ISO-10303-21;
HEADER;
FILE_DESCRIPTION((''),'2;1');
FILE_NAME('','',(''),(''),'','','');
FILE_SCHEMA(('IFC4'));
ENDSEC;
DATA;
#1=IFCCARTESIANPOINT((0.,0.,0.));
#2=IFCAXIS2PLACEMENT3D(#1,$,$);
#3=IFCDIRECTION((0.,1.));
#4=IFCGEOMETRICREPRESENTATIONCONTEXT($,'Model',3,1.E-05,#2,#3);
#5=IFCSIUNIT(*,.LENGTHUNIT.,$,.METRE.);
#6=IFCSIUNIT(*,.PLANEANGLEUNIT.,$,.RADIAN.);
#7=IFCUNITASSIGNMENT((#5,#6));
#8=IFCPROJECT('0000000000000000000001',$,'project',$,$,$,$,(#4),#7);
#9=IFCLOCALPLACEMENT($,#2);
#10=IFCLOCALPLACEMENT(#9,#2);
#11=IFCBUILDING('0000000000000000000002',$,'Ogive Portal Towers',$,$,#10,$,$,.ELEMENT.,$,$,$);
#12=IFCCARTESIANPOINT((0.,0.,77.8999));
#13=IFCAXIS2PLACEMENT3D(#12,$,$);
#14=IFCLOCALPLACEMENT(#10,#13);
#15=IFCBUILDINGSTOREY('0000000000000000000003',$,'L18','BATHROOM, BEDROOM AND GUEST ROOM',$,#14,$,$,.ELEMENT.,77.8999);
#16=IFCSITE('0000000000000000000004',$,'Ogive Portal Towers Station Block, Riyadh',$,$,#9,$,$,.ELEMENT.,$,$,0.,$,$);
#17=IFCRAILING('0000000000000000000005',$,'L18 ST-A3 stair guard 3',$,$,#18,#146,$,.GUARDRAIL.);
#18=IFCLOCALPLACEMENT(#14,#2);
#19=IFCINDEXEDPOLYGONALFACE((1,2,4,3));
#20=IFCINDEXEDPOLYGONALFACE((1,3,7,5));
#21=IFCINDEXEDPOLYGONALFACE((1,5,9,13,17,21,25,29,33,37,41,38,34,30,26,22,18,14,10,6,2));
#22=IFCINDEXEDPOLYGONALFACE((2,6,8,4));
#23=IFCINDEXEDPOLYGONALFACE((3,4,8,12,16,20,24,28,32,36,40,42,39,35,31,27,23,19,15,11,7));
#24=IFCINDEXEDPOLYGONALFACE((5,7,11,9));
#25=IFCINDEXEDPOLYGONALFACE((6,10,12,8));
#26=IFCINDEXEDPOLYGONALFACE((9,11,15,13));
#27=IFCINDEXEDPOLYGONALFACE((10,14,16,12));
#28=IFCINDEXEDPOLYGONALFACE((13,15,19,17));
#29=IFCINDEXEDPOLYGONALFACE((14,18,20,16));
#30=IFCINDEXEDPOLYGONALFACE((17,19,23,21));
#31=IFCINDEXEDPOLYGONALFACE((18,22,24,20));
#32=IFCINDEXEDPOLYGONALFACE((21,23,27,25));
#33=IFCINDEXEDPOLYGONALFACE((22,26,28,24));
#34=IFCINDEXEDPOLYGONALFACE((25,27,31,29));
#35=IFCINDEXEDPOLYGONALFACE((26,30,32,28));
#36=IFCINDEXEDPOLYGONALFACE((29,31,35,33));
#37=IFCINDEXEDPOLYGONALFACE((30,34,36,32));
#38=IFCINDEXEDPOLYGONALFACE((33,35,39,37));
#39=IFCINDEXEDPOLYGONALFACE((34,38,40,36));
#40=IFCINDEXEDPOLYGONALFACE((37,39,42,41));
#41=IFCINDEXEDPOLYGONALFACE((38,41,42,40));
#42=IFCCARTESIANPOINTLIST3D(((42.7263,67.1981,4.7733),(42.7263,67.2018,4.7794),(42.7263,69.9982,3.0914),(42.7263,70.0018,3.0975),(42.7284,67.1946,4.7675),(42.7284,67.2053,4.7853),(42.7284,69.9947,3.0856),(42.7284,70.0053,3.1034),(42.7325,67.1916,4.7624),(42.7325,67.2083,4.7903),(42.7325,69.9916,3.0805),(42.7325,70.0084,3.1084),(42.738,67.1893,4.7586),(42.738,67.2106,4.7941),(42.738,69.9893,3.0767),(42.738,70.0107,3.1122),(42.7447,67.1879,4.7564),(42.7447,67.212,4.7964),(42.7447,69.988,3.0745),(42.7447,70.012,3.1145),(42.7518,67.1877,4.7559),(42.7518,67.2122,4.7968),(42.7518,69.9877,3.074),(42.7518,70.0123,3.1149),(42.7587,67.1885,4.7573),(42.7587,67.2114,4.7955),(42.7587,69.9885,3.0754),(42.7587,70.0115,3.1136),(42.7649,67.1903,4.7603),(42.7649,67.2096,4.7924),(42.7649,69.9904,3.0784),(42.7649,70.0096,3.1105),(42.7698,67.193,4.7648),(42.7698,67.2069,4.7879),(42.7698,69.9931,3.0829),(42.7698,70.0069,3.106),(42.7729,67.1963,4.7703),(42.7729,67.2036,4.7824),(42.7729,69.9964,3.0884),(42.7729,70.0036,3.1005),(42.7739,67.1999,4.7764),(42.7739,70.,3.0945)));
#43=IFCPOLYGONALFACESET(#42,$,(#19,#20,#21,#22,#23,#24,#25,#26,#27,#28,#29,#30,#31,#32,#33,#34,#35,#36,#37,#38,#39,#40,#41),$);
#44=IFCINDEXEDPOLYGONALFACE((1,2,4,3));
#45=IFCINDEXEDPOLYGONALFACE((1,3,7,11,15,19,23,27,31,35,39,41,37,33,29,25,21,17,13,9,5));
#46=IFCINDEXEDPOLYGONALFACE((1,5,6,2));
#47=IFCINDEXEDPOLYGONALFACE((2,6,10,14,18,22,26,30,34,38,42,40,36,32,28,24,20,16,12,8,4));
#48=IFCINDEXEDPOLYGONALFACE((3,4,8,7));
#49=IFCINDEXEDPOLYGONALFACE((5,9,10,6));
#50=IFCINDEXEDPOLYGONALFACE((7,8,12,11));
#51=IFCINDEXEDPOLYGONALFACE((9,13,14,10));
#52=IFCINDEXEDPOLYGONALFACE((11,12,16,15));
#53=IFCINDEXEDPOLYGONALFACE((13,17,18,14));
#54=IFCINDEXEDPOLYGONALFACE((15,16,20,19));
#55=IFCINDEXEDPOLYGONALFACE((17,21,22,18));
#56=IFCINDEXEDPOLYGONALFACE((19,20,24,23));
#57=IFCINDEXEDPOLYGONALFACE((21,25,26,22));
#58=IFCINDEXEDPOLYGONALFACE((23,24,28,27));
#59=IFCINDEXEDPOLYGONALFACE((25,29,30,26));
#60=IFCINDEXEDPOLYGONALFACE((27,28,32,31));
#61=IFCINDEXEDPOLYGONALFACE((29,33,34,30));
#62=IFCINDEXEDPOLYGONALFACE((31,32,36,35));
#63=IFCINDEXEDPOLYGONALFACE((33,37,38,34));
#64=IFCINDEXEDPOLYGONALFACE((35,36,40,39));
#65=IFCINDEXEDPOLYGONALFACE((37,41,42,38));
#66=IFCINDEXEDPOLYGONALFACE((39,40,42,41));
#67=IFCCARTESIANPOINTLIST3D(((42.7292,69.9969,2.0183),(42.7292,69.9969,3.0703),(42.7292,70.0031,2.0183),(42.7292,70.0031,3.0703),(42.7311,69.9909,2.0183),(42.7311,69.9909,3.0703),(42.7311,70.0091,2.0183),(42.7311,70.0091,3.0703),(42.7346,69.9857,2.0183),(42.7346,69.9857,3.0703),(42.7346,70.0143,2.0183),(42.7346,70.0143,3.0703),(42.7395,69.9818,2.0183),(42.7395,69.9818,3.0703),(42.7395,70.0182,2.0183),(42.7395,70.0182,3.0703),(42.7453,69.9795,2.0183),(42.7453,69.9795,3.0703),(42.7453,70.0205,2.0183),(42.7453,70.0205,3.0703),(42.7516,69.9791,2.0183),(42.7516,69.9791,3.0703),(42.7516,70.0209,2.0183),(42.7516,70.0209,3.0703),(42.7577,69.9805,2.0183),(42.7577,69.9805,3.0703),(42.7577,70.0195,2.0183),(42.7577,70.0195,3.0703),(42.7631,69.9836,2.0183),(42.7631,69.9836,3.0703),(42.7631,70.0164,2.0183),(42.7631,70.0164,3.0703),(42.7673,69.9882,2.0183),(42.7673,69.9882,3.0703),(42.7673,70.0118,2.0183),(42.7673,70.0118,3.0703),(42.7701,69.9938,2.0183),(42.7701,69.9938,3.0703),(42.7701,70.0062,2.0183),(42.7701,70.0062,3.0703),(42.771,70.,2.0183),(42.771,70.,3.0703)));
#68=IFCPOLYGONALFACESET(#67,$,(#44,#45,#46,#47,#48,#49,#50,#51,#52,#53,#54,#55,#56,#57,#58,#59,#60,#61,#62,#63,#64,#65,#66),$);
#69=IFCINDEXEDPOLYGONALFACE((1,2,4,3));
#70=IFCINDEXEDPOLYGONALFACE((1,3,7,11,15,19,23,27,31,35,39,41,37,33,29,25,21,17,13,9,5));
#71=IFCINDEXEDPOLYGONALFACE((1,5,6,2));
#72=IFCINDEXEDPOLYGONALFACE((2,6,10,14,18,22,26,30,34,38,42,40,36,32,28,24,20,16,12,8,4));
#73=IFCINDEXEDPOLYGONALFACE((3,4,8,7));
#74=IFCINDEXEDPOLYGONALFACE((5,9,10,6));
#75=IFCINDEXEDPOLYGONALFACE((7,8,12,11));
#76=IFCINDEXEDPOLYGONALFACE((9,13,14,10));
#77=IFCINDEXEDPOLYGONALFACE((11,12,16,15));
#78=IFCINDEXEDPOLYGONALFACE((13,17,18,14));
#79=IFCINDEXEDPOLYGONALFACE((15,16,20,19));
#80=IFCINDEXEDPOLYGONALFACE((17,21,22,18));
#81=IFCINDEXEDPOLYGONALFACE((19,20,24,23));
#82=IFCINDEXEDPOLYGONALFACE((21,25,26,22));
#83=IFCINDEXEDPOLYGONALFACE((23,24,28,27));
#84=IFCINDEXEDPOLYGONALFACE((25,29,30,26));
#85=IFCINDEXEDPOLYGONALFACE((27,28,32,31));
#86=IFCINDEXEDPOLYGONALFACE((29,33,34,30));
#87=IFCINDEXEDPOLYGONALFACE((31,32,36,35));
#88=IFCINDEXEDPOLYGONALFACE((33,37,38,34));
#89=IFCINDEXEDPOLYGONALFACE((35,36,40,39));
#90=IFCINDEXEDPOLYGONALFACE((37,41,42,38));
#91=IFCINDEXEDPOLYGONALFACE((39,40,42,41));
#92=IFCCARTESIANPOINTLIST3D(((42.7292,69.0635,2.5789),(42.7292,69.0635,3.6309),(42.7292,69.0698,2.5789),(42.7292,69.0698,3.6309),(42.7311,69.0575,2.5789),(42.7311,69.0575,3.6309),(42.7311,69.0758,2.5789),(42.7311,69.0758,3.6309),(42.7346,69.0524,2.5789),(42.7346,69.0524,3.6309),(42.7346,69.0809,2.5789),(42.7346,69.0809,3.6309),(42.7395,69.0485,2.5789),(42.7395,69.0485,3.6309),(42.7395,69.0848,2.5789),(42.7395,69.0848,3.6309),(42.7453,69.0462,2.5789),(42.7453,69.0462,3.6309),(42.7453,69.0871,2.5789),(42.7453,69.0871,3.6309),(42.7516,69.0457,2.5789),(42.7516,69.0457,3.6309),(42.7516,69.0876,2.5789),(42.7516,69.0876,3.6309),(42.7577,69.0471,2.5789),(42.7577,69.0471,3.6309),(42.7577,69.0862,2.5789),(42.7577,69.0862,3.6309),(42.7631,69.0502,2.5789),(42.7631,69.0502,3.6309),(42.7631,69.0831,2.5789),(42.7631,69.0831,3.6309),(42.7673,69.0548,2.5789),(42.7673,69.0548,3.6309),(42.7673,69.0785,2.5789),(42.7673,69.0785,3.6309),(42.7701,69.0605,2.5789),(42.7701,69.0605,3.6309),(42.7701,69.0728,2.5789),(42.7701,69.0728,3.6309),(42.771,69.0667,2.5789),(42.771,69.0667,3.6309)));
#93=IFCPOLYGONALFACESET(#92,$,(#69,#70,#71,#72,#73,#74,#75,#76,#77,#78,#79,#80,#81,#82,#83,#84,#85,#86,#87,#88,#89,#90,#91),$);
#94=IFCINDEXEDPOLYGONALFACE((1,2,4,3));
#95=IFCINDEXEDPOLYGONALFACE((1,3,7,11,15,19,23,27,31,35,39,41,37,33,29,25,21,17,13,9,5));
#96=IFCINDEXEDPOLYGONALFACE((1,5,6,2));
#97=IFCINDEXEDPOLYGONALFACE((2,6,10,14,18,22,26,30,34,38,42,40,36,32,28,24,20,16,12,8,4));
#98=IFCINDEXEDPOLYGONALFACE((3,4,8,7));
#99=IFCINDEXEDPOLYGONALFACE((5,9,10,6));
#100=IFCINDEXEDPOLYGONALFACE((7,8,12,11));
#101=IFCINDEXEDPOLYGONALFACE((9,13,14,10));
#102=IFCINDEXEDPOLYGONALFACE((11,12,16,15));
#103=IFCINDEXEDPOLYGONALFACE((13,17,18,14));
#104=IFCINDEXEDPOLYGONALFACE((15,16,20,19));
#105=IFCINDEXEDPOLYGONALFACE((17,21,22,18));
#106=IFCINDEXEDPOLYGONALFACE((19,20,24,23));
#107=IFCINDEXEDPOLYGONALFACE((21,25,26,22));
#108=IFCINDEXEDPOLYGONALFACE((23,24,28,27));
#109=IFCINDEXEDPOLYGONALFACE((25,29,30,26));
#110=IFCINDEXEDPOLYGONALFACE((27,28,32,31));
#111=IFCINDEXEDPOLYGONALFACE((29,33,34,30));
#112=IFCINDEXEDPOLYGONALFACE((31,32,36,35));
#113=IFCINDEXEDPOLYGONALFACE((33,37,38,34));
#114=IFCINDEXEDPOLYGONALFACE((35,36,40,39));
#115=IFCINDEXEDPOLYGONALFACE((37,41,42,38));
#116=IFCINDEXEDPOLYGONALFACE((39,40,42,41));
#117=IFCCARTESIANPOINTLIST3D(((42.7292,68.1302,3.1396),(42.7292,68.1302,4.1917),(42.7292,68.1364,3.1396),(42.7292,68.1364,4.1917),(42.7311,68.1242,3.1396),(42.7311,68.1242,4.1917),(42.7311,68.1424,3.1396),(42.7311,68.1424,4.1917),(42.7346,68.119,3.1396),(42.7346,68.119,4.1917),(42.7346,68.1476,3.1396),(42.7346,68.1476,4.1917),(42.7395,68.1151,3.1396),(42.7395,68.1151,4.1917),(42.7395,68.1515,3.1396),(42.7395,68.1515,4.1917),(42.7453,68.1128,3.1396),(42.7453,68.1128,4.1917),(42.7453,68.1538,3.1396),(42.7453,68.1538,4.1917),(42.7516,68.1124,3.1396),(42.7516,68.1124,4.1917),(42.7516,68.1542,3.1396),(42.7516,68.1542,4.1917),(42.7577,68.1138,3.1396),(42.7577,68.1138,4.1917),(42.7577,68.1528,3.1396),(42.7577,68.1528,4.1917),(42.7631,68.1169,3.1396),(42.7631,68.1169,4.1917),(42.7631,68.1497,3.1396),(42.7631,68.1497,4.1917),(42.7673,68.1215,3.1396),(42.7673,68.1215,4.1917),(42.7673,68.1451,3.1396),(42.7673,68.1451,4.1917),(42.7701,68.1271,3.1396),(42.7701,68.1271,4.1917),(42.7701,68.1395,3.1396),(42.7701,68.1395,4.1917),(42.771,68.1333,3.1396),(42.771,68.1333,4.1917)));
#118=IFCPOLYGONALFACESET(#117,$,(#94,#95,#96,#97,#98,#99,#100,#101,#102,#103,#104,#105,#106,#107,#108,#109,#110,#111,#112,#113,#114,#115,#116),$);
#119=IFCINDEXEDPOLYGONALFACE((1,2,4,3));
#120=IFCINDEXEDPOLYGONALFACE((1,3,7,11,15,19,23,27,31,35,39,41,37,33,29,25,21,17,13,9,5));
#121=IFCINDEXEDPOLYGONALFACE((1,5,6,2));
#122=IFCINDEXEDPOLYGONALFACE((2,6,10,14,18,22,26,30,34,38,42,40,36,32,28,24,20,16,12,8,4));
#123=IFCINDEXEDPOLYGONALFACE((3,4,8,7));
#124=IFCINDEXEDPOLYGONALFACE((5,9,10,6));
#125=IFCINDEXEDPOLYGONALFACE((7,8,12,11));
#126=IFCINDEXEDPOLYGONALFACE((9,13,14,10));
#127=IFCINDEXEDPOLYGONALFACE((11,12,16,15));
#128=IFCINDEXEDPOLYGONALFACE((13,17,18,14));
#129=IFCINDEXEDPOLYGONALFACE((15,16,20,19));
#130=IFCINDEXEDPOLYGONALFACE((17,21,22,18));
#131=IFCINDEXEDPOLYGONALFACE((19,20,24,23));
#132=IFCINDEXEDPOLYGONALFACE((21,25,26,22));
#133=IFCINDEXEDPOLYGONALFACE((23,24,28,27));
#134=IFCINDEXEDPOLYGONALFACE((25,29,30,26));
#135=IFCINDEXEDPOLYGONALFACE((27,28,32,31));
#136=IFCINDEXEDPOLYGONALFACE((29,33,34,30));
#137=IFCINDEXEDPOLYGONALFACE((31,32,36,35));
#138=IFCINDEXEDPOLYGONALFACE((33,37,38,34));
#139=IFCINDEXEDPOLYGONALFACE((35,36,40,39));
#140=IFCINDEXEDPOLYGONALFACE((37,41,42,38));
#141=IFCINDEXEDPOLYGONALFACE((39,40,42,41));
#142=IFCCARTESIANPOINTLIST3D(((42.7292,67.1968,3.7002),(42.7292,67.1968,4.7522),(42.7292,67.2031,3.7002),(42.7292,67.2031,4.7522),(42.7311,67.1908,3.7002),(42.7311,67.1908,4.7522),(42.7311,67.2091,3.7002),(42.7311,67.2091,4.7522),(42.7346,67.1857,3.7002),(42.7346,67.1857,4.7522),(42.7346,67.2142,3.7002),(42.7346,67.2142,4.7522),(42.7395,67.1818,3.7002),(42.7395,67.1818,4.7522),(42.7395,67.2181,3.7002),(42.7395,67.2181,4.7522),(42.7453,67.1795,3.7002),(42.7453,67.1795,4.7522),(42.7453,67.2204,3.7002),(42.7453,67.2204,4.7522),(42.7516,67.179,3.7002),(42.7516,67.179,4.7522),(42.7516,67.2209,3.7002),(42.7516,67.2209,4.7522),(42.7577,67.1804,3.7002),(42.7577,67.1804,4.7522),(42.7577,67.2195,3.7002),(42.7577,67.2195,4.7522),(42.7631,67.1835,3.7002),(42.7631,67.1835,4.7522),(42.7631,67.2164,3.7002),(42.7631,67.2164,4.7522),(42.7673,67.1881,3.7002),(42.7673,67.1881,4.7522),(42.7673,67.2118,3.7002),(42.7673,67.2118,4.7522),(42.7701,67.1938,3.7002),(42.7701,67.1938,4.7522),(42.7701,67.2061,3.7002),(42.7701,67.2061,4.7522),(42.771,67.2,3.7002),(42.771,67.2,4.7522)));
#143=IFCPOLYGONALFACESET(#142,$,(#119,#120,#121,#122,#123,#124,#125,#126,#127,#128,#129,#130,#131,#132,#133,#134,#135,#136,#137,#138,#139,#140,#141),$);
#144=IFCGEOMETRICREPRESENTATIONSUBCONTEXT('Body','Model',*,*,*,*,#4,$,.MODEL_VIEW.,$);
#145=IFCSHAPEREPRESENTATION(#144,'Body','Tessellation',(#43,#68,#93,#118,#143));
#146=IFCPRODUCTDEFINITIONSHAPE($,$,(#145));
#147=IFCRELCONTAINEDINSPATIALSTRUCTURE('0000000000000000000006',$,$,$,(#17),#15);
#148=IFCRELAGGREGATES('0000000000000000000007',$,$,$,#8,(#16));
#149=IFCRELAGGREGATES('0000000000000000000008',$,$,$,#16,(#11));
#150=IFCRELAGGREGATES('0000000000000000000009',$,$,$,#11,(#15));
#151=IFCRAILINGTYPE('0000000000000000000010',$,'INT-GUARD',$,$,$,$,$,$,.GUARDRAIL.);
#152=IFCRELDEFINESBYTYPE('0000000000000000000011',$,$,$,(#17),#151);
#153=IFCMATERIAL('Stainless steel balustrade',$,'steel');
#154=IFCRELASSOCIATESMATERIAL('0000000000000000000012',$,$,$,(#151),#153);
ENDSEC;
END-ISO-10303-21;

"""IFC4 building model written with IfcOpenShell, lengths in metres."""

from ifc_helpers import new_model, si_unit, direction, frame, origin, origin_2d, place, context, subcontext, project, spatial, circle, extrude, material, type_object, element, save


model = new_model("IFC4")

# Units and contexts
model_context = context("Model", 3, precision=1e-05, world=origin(), true_north=direction((0.0, 1.0)))
body_context = subcontext(model_context, "Body", "Model", "MODEL_VIEW")
ifc_project = project(units=[si_unit("LENGTHUNIT", "METRE"), si_unit("PLANEANGLEUNIT", "RADIAN")], contexts=[model_context])

# Site, building, storey
site_placement = place(None, origin())
site = spatial("IfcSite", under=ifc_project, at=site_placement, Name="Ogive Portal Towers Station Block, Riyadh", CompositionType="ELEMENT", RefElevation=0.0)
building_placement = place(site_placement, origin())
building = spatial("IfcBuilding", under=site, at=building_placement, Name="Ogive Portal Towers", CompositionType="ELEMENT")
storey_placement = place(building_placement, frame((0.0, 0.0, 77.8999)))
storey = spatial("IfcBuildingStorey", under=building, at=storey_placement, Name="L18", Description="BATHROOM, BEDROOM AND GUEST ROOM", CompositionType="ELEMENT", Elevation=77.8999)

# Railing
ifc_material_1 = material(Name="Stainless steel balustrade", Category="steel")
railing_type_1 = type_object("IfcRailingType", Name="INT-GUARD", PredefinedType="GUARDRAIL", material=ifc_material_1)
railing_1_placement = place(storey_placement, frame((42.75, 70.0, 2.0183)))
element("IfcRailing", 1, at=railing_1_placement, inside=storey, type_object=railing_type_1, Name="L18 ST-A3 stair guard 3", PredefinedType="GUARDRAIL", context=body_context, shape_type="SweptSolid", body=[
    extrude(circle(Radius=0.0239, at=origin_2d()), frame((0.0, 0.0, 1.0762), z_axis=(0.0, -0.857242, 0.514913), x_axis=(1.0, 0.0, 0.0)), (0.0, 0.0, 1.0), 3.2664),
    extrude(circle(Radius=0.021, at=origin_2d()), origin(), (0.0, 0.0, 1.0), 1.052),
    extrude(circle(Radius=0.021, at=origin_2d()), frame((0.0, -0.9333, 0.5605)), (0.0, 0.0, 1.0), 1.052),
    extrude(circle(Radius=0.021, at=origin_2d()), frame((0.0, -1.8667, 1.1213)), (0.0, 0.0, 1.0), 1.052),
    extrude(circle(Radius=0.021, at=origin_2d()), frame((0.0, -2.8, 1.6819)), (0.0, 0.0, 1.0), 1.052),
])

save(model, "model.ifc")
